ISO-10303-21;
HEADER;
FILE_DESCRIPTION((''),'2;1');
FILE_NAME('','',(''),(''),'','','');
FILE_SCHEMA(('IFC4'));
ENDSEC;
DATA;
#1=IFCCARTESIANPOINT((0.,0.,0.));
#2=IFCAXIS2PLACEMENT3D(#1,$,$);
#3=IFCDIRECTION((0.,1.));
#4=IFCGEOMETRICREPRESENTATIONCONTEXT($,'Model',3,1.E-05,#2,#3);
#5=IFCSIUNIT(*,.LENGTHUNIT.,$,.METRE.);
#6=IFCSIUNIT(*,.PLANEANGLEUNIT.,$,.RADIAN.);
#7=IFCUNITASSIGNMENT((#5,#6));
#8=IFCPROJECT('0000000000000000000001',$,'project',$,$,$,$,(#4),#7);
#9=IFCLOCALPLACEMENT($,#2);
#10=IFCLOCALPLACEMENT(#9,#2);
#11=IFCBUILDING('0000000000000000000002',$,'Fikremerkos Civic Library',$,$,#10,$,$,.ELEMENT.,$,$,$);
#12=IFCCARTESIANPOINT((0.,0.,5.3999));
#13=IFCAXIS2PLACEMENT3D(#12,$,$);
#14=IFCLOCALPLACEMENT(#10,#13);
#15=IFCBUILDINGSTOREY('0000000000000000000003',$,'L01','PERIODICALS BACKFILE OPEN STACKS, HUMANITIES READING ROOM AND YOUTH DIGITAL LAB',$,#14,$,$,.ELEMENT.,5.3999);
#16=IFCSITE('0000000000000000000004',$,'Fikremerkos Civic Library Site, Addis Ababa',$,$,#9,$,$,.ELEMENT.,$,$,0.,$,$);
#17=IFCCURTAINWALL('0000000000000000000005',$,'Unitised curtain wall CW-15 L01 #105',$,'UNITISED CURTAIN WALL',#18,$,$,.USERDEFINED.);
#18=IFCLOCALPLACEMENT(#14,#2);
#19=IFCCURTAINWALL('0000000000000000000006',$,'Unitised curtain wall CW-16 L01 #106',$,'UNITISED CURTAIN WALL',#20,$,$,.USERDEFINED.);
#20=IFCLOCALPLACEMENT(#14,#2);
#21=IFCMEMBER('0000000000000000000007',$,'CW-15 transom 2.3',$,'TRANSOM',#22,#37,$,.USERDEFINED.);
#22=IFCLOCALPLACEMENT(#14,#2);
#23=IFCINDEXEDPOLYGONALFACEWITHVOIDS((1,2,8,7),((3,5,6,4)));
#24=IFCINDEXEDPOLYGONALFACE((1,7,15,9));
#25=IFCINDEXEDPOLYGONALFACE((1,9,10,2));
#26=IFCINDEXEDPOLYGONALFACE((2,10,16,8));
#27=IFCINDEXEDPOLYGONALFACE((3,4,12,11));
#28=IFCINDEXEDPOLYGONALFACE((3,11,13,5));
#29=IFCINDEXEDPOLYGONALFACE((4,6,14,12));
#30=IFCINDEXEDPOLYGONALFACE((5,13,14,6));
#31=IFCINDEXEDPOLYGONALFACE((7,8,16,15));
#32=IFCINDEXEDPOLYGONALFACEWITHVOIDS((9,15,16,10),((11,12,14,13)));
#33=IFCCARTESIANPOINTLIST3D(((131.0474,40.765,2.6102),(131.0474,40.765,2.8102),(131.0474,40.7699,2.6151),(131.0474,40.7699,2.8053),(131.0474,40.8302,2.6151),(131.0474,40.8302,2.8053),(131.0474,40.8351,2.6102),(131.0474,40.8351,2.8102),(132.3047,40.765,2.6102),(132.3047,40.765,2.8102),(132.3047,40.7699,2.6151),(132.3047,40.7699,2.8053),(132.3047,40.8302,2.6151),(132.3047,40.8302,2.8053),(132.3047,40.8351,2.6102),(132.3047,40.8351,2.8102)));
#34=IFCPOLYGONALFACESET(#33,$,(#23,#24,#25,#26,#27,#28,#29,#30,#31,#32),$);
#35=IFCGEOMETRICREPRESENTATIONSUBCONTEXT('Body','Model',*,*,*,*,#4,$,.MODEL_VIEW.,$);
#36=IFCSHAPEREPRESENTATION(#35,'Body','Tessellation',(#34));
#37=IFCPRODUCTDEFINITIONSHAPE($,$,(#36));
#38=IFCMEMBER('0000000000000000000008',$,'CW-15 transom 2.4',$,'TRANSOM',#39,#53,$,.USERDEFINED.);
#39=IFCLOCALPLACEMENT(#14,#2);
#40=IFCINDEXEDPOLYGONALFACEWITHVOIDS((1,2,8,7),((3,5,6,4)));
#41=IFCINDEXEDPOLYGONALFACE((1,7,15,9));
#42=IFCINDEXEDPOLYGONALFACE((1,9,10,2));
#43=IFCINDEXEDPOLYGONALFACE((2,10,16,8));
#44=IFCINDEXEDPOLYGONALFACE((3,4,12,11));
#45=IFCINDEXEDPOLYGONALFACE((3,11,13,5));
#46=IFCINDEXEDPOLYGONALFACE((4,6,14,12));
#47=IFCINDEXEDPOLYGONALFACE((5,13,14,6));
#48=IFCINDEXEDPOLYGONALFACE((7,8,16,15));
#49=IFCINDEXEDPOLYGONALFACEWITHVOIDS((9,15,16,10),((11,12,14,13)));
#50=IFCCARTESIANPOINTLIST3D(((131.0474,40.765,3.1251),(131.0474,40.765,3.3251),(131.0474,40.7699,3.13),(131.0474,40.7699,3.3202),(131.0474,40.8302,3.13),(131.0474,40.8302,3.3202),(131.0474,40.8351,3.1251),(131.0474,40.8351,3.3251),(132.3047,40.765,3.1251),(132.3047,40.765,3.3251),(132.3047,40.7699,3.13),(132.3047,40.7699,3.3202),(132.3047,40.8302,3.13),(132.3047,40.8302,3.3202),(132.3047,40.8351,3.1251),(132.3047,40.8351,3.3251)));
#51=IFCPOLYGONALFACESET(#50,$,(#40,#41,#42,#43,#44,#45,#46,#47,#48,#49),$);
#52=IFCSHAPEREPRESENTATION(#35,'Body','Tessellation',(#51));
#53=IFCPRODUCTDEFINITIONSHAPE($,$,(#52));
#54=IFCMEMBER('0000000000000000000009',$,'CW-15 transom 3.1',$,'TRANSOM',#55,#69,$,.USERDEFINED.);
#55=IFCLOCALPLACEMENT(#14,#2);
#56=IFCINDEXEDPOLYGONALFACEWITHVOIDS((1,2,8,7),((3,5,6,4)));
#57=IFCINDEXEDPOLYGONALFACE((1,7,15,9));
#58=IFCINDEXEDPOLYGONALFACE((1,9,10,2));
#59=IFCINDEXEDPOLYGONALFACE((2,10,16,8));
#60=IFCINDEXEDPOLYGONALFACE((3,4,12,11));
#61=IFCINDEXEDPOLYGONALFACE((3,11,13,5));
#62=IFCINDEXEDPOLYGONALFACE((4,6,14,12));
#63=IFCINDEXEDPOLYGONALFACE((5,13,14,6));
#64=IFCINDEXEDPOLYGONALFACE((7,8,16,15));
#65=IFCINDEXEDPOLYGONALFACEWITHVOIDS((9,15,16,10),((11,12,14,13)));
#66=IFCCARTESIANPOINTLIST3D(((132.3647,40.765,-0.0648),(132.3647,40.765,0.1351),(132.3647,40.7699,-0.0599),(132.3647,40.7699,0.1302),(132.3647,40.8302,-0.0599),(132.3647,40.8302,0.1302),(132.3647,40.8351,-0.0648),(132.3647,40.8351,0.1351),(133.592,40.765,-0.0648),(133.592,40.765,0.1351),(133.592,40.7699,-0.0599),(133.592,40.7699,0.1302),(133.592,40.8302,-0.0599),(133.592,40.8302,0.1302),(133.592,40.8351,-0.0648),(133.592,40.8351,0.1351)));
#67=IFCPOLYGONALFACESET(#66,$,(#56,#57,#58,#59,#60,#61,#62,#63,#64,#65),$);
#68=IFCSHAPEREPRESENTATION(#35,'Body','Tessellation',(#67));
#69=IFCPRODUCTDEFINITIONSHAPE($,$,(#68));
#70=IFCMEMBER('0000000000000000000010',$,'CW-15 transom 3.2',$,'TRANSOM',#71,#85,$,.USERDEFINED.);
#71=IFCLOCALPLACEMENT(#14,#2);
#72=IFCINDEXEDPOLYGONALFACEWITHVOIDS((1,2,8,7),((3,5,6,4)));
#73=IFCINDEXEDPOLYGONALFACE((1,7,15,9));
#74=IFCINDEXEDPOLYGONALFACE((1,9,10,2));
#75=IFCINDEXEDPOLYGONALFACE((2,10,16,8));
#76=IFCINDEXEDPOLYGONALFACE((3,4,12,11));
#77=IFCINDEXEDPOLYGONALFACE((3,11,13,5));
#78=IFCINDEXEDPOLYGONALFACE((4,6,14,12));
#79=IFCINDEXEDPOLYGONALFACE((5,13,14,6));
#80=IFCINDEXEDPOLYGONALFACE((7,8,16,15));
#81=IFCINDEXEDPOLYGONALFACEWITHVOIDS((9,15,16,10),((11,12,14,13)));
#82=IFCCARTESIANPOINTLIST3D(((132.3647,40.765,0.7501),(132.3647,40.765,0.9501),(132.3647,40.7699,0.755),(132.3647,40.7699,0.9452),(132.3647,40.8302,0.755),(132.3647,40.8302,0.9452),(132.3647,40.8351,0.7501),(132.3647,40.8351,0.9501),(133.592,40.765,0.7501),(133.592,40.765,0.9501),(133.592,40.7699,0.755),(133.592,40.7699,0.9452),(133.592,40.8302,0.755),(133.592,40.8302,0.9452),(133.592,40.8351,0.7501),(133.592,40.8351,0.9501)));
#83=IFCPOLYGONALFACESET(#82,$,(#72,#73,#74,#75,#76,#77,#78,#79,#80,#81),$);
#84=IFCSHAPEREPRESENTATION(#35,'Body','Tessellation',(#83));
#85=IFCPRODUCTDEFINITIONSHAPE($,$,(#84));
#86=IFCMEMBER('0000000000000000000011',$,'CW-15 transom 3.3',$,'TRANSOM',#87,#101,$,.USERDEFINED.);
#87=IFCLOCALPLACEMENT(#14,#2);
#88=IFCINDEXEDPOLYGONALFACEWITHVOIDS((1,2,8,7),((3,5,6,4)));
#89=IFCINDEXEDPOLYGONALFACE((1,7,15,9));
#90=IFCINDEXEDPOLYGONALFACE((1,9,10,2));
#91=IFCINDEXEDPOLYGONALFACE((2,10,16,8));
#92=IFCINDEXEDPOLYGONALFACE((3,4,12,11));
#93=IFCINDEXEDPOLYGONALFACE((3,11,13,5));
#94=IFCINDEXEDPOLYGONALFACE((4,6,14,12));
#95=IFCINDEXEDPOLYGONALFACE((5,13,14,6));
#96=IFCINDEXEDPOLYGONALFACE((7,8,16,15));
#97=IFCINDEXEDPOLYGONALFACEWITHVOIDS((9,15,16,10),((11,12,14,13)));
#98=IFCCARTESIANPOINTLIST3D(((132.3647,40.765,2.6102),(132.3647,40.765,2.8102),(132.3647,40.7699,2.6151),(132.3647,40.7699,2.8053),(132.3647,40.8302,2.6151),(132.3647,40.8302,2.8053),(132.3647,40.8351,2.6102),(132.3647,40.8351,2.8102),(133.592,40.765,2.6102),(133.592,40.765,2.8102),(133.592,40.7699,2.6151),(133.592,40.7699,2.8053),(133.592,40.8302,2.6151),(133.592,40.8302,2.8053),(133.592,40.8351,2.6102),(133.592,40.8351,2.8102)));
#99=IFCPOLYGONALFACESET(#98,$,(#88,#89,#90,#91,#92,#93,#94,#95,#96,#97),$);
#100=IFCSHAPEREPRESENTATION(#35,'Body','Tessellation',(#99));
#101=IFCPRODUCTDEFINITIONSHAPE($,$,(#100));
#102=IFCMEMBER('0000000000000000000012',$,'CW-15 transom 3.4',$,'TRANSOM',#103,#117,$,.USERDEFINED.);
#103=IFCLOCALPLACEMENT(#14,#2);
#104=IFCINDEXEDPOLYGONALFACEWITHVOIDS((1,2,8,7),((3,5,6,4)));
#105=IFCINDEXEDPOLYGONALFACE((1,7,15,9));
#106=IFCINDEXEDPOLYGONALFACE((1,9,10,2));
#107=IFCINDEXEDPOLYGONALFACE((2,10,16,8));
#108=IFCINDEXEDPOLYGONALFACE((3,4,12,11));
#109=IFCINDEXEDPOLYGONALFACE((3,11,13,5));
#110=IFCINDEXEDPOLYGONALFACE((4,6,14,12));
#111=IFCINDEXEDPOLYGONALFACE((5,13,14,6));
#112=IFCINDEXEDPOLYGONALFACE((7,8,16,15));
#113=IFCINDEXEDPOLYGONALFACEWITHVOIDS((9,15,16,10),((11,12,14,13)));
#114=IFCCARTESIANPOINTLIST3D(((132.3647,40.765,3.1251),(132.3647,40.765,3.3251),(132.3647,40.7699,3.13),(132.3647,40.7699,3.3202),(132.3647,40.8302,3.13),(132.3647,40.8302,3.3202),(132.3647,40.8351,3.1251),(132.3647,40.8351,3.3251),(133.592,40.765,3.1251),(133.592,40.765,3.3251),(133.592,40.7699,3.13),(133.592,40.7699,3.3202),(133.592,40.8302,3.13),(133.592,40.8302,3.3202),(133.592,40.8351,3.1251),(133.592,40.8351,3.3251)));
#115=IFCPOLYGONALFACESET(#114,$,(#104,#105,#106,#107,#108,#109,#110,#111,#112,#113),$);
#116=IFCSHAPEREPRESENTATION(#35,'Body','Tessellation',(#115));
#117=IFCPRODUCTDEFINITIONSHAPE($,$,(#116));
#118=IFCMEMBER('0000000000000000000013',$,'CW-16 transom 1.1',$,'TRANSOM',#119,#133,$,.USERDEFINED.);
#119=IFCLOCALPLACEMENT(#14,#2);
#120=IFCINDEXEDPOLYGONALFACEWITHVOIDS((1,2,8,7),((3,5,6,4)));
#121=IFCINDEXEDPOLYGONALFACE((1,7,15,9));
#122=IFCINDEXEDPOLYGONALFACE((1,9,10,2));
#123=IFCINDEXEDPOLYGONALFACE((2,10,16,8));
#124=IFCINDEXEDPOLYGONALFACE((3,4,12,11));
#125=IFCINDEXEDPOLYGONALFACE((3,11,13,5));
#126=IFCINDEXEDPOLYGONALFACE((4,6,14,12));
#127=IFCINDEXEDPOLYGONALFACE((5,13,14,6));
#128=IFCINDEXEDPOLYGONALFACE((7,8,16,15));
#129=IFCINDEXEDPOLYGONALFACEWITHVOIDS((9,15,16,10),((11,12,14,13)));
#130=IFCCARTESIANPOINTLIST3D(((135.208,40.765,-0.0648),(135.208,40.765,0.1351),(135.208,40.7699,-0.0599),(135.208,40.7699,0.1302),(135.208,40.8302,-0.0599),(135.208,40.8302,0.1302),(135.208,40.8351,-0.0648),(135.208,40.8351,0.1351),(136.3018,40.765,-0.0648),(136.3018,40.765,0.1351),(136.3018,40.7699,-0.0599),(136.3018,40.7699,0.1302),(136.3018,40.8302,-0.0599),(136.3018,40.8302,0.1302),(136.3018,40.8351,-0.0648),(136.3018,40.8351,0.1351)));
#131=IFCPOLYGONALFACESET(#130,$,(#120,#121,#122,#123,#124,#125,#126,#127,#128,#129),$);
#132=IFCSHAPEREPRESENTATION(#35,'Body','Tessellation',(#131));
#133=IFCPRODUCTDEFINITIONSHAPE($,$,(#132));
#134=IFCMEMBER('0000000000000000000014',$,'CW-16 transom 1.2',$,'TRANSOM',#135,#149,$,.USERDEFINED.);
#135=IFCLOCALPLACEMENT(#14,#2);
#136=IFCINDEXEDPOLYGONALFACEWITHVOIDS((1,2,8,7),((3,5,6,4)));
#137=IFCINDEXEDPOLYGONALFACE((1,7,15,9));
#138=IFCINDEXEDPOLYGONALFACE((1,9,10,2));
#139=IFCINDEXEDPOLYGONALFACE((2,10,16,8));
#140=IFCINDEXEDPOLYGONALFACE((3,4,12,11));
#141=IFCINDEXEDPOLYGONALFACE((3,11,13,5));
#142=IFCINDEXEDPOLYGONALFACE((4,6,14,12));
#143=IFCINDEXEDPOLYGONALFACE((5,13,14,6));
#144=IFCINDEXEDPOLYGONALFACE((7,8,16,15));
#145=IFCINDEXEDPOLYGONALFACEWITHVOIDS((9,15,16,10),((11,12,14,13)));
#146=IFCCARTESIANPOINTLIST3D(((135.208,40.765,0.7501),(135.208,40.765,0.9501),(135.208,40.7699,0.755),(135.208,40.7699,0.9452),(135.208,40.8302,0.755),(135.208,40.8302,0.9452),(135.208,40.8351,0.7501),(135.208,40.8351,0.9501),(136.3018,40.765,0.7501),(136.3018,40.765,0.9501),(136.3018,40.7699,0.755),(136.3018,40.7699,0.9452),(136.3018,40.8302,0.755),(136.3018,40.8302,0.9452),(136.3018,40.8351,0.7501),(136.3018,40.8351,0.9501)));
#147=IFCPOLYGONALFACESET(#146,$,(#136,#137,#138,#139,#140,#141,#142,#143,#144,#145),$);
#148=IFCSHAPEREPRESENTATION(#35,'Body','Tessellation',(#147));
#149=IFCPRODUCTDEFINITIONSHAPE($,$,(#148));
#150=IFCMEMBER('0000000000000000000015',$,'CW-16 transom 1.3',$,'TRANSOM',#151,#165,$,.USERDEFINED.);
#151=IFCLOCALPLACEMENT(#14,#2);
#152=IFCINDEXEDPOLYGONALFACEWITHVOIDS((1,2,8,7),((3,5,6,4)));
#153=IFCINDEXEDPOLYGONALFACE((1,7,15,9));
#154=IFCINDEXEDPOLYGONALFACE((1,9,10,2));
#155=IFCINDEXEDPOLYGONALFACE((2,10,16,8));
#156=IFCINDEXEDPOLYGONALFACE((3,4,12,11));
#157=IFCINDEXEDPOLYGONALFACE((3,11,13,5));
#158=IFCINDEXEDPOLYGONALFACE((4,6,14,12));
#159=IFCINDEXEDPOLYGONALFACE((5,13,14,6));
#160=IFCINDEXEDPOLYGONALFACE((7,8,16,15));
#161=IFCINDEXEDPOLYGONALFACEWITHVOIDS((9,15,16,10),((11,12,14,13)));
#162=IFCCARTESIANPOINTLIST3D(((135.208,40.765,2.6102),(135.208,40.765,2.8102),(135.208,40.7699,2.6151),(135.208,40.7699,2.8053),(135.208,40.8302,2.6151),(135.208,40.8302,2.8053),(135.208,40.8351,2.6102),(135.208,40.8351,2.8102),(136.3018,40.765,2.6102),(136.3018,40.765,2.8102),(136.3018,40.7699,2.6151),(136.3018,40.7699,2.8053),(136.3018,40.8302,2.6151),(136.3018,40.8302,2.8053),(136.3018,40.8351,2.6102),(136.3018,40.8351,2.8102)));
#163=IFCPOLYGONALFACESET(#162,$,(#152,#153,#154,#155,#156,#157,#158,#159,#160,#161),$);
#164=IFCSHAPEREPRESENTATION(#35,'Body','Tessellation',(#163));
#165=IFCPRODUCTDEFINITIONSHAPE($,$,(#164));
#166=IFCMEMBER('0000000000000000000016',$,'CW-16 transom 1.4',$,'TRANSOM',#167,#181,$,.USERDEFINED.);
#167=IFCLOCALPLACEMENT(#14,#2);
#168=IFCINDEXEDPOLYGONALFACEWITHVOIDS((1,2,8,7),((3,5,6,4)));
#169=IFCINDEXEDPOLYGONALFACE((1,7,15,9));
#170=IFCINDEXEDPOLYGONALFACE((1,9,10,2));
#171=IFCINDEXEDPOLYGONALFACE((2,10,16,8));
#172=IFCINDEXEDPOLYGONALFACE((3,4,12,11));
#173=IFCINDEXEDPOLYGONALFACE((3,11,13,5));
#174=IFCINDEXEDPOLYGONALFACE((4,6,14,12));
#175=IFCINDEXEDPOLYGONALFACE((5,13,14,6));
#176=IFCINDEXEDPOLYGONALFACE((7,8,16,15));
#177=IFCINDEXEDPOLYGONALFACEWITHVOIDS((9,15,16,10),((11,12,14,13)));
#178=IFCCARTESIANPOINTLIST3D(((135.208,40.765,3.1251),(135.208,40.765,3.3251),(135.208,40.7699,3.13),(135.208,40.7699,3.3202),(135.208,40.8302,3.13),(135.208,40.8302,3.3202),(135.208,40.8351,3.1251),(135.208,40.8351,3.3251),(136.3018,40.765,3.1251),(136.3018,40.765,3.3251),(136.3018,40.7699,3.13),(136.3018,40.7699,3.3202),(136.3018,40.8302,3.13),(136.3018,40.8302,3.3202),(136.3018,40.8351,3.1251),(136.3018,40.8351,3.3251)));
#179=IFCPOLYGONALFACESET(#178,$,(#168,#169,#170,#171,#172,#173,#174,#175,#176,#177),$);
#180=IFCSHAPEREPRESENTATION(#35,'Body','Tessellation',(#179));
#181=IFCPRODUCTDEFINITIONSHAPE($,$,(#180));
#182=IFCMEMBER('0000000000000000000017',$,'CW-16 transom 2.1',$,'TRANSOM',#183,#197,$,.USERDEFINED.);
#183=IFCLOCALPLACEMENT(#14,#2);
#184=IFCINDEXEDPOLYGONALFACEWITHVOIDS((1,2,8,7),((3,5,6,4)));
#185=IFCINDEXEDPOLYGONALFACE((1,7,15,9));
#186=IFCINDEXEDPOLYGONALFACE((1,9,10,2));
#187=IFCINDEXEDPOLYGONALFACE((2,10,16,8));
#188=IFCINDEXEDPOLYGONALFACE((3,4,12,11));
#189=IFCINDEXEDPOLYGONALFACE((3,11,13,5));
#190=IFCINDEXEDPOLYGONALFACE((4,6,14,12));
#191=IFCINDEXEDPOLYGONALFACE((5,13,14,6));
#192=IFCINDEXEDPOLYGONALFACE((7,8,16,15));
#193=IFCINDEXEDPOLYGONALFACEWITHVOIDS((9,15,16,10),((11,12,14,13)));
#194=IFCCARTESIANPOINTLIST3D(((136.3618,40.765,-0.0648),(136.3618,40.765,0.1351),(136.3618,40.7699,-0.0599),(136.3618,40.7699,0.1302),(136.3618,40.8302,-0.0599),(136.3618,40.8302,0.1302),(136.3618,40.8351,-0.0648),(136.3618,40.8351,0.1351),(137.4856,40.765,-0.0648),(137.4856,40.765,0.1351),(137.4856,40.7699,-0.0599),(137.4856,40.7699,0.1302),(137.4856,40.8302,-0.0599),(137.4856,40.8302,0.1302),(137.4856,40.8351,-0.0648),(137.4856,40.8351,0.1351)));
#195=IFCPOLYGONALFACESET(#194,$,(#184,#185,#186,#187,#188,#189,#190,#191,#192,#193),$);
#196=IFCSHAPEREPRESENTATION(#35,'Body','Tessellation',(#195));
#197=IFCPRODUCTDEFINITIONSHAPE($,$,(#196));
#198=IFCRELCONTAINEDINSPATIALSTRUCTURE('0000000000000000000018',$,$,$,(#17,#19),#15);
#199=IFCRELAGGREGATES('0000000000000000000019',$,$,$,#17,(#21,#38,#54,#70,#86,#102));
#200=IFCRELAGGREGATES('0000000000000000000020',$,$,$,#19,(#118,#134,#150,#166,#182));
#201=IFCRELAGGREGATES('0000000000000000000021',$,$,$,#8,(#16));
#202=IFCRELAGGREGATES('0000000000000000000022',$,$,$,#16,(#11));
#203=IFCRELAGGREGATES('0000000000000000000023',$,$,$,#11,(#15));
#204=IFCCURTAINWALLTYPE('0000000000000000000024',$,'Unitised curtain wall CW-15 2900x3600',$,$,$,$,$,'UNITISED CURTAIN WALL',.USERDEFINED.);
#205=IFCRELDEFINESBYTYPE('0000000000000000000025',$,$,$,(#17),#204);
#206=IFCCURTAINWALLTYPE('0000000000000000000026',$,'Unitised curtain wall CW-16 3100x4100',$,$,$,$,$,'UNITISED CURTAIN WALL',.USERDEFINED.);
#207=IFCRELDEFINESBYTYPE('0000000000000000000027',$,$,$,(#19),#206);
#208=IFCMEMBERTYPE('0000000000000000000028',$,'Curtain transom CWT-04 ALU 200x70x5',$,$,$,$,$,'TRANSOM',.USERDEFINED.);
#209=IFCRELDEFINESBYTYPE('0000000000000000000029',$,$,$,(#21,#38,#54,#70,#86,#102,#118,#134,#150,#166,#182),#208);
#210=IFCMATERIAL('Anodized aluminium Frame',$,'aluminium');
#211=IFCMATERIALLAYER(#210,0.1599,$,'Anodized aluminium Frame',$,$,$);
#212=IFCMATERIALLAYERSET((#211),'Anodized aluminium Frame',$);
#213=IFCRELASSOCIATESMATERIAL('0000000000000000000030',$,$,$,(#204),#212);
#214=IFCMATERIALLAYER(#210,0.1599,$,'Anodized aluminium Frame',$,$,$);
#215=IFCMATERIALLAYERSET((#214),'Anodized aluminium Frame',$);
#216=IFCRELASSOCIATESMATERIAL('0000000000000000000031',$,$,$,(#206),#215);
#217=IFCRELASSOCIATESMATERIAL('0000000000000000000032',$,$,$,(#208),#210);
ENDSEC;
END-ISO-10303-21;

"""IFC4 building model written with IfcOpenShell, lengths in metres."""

from ifc_helpers import new_model, si_unit, direction, frame, origin, origin_2d, place, context, subcontext, project, spatial, hollow_rectangle, extrude, material, layer, layer_set, material_profile, profile_set, type_object, element, aggregate, save


model = new_model("IFC4")

# Units and contexts
model_context = context("Model", 3, precision=1e-05, world=origin(), true_north=direction((0.0, 1.0)))
body_context = subcontext(model_context, "Body", "Model", "MODEL_VIEW")
ifc_project = project(units=[si_unit("LENGTHUNIT", "METRE"), si_unit("PLANEANGLEUNIT", "RADIAN")], contexts=[model_context])

# Site, building, storey
site_placement = place(None, origin())
site = spatial("IfcSite", under=ifc_project, at=site_placement, Name="Fikremerkos Civic Library Site, Addis Ababa", CompositionType="ELEMENT", RefElevation=0.0)
building_placement = place(site_placement, origin())
building = spatial("IfcBuilding", under=site, at=building_placement, Name="Fikremerkos Civic Library", CompositionType="ELEMENT")
storey_placement = place(building_placement, frame((0.0, 0.0, 5.3999)))
storey = spatial("IfcBuildingStorey", under=building, at=storey_placement, Name="L01", Description="PERIODICALS BACKFILE OPEN STACKS, HUMANITIES READING ROOM AND YOUTH DIGITAL LAB", CompositionType="ELEMENT", Elevation=5.3999)

# Curtain walls
ifc_material_1 = material(Name="Anodized aluminium Frame", Category="aluminium")
ifc_layer_1 = layer(ifc_material_1, 0.1599, Name="Anodized aluminium Frame")
ifc_layer_set_1 = layer_set([ifc_layer_1], Name="Anodized aluminium Frame")
curtain_wall_type_1 = type_object("IfcCurtainWallType", Name="Unitised curtain wall CW-15 2900x3600", ElementType="UNITISED CURTAIN WALL", PredefinedType="USERDEFINED", material=ifc_layer_set_1)
curtain_wall_1_placement = place(storey_placement, origin())
curtain_wall_1 = element("IfcCurtainWall", 1, at=curtain_wall_1_placement, inside=storey, type_object=curtain_wall_type_1, Name="Unitised curtain wall CW-15 L01 #105", ObjectType="UNITISED CURTAIN WALL", PredefinedType="USERDEFINED")
ifc_layer_2 = layer(ifc_material_1, 0.1599, Name="Anodized aluminium Frame")
ifc_layer_set_2 = layer_set([ifc_layer_2], Name="Anodized aluminium Frame")
curtain_wall_type_2 = type_object("IfcCurtainWallType", Name="Unitised curtain wall CW-16 3100x4100", ElementType="UNITISED CURTAIN WALL", PredefinedType="USERDEFINED", material=ifc_layer_set_2)
curtain_wall_2_placement = place(storey_placement, origin())
curtain_wall_2 = element("IfcCurtainWall", 2, at=curtain_wall_2_placement, inside=storey, type_object=curtain_wall_type_2, Name="Unitised curtain wall CW-16 L01 #106", ObjectType="UNITISED CURTAIN WALL", PredefinedType="USERDEFINED")

# Members
ifc_material_profile_1 = material_profile(ifc_material_1, hollow_rectangle(XDim=0.0701, YDim=0.2, WallThickness=0.0049, at=origin_2d()), Name="ALU 200x70x5")
ifc_profile_set_1 = profile_set([ifc_material_profile_1], Name="Anodized aluminium Frame")
member_type_1 = type_object("IfcMemberType", Name="Curtain transom CWT-04 ALU 200x70x5", ElementType="TRANSOM", PredefinedType="USERDEFINED", material=ifc_profile_set_1)
member_1_placement = place(storey_placement, frame((131.0474, 40.8, 2.7102), z_axis=(1.0, 0.0, 0.0), x_axis=(0.0, 1.0, 0.0)))
member_1 = element("IfcMember", 3, at=member_1_placement, type_object=member_type_1, Name="CW-15 transom 2.3", ObjectType="TRANSOM", PredefinedType="USERDEFINED", context=body_context, shape_type="SweptSolid", body=[
    extrude(hollow_rectangle(XDim=0.0701, YDim=0.2, WallThickness=0.0049, at=origin_2d()), origin(), (0.0, 0.0, 1.0), 1.2573),
])
member_2_placement = place(storey_placement, frame((131.0474, 40.8, 3.2251), z_axis=(1.0, 0.0, 0.0), x_axis=(0.0, 1.0, 0.0)))
member_2 = element("IfcMember", 4, at=member_2_placement, type_object=member_type_1, Name="CW-15 transom 2.4", ObjectType="TRANSOM", PredefinedType="USERDEFINED", context=body_context, shape_type="SweptSolid", body=[
    extrude(hollow_rectangle(XDim=0.0701, YDim=0.2, WallThickness=0.0049, at=origin_2d()), origin(), (0.0, 0.0, 1.0), 1.2573),
])
member_3_placement = place(storey_placement, frame((132.3647, 40.8, 0.0352), z_axis=(1.0, 0.0, 0.0), x_axis=(0.0, 1.0, 0.0)))
member_3 = element("IfcMember", 5, at=member_3_placement, type_object=member_type_1, Name="CW-15 transom 3.1", ObjectType="TRANSOM", PredefinedType="USERDEFINED", context=body_context, shape_type="SweptSolid", body=[
    extrude(hollow_rectangle(XDim=0.0701, YDim=0.2, WallThickness=0.0049, at=origin_2d()), origin(), (0.0, 0.0, 1.0), 1.2273),
])
member_4_placement = place(storey_placement, frame((132.3647, 40.8, 0.8501), z_axis=(1.0, 0.0, 0.0), x_axis=(0.0, 1.0, 0.0)))
member_4 = element("IfcMember", 6, at=member_4_placement, type_object=member_type_1, Name="CW-15 transom 3.2", ObjectType="TRANSOM", PredefinedType="USERDEFINED", context=body_context, shape_type="SweptSolid", body=[
    extrude(hollow_rectangle(XDim=0.0701, YDim=0.2, WallThickness=0.0049, at=origin_2d()), origin(), (0.0, 0.0, 1.0), 1.2273),
])
member_5_placement = place(storey_placement, frame((132.3647, 40.8, 2.7102), z_axis=(1.0, 0.0, 0.0), x_axis=(0.0, 1.0, 0.0)))
member_5 = element("IfcMember", 7, at=member_5_placement, type_object=member_type_1, Name="CW-15 transom 3.3", ObjectType="TRANSOM", PredefinedType="USERDEFINED", context=body_context, shape_type="SweptSolid", body=[
    extrude(hollow_rectangle(XDim=0.0701, YDim=0.2, WallThickness=0.0049, at=origin_2d()), origin(), (0.0, 0.0, 1.0), 1.2273),
])
member_6_placement = place(storey_placement, frame((132.3647, 40.8, 3.2251), z_axis=(1.0, 0.0, 0.0), x_axis=(0.0, 1.0, 0.0)))
member_6 = element("IfcMember", 8, at=member_6_placement, type_object=member_type_1, Name="CW-15 transom 3.4", ObjectType="TRANSOM", PredefinedType="USERDEFINED", context=body_context, shape_type="SweptSolid", body=[
    extrude(hollow_rectangle(XDim=0.0701, YDim=0.2, WallThickness=0.0049, at=origin_2d()), origin(), (0.0, 0.0, 1.0), 1.2273),
])
member_7_placement = place(storey_placement, frame((135.208, 40.8, 0.0352), z_axis=(1.0, 0.0, 0.0), x_axis=(0.0, 1.0, 0.0)))
member_7 = element("IfcMember", 9, at=member_7_placement, type_object=member_type_1, Name="CW-16 transom 1.1", ObjectType="TRANSOM", PredefinedType="USERDEFINED", context=body_context, shape_type="SweptSolid", body=[
    extrude(hollow_rectangle(XDim=0.0701, YDim=0.2, WallThickness=0.0049, at=origin_2d()), origin(), (0.0, 0.0, 1.0), 1.0938),
])
member_8_placement = place(storey_placement, frame((135.208, 40.8, 0.8501), z_axis=(1.0, 0.0, 0.0), x_axis=(0.0, 1.0, 0.0)))
member_8 = element("IfcMember", 10, at=member_8_placement, type_object=member_type_1, Name="CW-16 transom 1.2", ObjectType="TRANSOM", PredefinedType="USERDEFINED", context=body_context, shape_type="SweptSolid", body=[
    extrude(hollow_rectangle(XDim=0.0701, YDim=0.2, WallThickness=0.0049, at=origin_2d()), origin(), (0.0, 0.0, 1.0), 1.0938),
])
member_9_placement = place(storey_placement, frame((135.208, 40.8, 2.7102), z_axis=(1.0, 0.0, 0.0), x_axis=(0.0, 1.0, 0.0)))
member_9 = element("IfcMember", 11, at=member_9_placement, type_object=member_type_1, Name="CW-16 transom 1.3", ObjectType="TRANSOM", PredefinedType="USERDEFINED", context=body_context, shape_type="SweptSolid", body=[
    extrude(hollow_rectangle(XDim=0.0701, YDim=0.2, WallThickness=0.0049, at=origin_2d()), origin(), (0.0, 0.0, 1.0), 1.0938),
])
member_10_placement = place(storey_placement, frame((135.208, 40.8, 3.2251), z_axis=(1.0, 0.0, 0.0), x_axis=(0.0, 1.0, 0.0)))
member_10 = element("IfcMember", 12, at=member_10_placement, type_object=member_type_1, Name="CW-16 transom 1.4", ObjectType="TRANSOM", PredefinedType="USERDEFINED", context=body_context, shape_type="SweptSolid", body=[
    extrude(hollow_rectangle(XDim=0.0701, YDim=0.2, WallThickness=0.0049, at=origin_2d()), origin(), (0.0, 0.0, 1.0), 1.0938),
])
member_11_placement = place(storey_placement, frame((136.3618, 40.8, 0.0352), z_axis=(1.0, 0.0, 0.0), x_axis=(0.0, 1.0, 0.0)))
member_11 = element("IfcMember", 13, at=member_11_placement, type_object=member_type_1, Name="CW-16 transom 2.1", ObjectType="TRANSOM", PredefinedType="USERDEFINED", context=body_context, shape_type="SweptSolid", body=[
    extrude(hollow_rectangle(XDim=0.0701, YDim=0.2, WallThickness=0.0049, at=origin_2d()), origin(), (0.0, 0.0, 1.0), 1.1238),
])

aggregate(curtain_wall_1, [member_1, member_2, member_3, member_4, member_5, member_6])
aggregate(curtain_wall_2, [member_7, member_8, member_9, member_10, member_11])

save(model, "model.ifc")
